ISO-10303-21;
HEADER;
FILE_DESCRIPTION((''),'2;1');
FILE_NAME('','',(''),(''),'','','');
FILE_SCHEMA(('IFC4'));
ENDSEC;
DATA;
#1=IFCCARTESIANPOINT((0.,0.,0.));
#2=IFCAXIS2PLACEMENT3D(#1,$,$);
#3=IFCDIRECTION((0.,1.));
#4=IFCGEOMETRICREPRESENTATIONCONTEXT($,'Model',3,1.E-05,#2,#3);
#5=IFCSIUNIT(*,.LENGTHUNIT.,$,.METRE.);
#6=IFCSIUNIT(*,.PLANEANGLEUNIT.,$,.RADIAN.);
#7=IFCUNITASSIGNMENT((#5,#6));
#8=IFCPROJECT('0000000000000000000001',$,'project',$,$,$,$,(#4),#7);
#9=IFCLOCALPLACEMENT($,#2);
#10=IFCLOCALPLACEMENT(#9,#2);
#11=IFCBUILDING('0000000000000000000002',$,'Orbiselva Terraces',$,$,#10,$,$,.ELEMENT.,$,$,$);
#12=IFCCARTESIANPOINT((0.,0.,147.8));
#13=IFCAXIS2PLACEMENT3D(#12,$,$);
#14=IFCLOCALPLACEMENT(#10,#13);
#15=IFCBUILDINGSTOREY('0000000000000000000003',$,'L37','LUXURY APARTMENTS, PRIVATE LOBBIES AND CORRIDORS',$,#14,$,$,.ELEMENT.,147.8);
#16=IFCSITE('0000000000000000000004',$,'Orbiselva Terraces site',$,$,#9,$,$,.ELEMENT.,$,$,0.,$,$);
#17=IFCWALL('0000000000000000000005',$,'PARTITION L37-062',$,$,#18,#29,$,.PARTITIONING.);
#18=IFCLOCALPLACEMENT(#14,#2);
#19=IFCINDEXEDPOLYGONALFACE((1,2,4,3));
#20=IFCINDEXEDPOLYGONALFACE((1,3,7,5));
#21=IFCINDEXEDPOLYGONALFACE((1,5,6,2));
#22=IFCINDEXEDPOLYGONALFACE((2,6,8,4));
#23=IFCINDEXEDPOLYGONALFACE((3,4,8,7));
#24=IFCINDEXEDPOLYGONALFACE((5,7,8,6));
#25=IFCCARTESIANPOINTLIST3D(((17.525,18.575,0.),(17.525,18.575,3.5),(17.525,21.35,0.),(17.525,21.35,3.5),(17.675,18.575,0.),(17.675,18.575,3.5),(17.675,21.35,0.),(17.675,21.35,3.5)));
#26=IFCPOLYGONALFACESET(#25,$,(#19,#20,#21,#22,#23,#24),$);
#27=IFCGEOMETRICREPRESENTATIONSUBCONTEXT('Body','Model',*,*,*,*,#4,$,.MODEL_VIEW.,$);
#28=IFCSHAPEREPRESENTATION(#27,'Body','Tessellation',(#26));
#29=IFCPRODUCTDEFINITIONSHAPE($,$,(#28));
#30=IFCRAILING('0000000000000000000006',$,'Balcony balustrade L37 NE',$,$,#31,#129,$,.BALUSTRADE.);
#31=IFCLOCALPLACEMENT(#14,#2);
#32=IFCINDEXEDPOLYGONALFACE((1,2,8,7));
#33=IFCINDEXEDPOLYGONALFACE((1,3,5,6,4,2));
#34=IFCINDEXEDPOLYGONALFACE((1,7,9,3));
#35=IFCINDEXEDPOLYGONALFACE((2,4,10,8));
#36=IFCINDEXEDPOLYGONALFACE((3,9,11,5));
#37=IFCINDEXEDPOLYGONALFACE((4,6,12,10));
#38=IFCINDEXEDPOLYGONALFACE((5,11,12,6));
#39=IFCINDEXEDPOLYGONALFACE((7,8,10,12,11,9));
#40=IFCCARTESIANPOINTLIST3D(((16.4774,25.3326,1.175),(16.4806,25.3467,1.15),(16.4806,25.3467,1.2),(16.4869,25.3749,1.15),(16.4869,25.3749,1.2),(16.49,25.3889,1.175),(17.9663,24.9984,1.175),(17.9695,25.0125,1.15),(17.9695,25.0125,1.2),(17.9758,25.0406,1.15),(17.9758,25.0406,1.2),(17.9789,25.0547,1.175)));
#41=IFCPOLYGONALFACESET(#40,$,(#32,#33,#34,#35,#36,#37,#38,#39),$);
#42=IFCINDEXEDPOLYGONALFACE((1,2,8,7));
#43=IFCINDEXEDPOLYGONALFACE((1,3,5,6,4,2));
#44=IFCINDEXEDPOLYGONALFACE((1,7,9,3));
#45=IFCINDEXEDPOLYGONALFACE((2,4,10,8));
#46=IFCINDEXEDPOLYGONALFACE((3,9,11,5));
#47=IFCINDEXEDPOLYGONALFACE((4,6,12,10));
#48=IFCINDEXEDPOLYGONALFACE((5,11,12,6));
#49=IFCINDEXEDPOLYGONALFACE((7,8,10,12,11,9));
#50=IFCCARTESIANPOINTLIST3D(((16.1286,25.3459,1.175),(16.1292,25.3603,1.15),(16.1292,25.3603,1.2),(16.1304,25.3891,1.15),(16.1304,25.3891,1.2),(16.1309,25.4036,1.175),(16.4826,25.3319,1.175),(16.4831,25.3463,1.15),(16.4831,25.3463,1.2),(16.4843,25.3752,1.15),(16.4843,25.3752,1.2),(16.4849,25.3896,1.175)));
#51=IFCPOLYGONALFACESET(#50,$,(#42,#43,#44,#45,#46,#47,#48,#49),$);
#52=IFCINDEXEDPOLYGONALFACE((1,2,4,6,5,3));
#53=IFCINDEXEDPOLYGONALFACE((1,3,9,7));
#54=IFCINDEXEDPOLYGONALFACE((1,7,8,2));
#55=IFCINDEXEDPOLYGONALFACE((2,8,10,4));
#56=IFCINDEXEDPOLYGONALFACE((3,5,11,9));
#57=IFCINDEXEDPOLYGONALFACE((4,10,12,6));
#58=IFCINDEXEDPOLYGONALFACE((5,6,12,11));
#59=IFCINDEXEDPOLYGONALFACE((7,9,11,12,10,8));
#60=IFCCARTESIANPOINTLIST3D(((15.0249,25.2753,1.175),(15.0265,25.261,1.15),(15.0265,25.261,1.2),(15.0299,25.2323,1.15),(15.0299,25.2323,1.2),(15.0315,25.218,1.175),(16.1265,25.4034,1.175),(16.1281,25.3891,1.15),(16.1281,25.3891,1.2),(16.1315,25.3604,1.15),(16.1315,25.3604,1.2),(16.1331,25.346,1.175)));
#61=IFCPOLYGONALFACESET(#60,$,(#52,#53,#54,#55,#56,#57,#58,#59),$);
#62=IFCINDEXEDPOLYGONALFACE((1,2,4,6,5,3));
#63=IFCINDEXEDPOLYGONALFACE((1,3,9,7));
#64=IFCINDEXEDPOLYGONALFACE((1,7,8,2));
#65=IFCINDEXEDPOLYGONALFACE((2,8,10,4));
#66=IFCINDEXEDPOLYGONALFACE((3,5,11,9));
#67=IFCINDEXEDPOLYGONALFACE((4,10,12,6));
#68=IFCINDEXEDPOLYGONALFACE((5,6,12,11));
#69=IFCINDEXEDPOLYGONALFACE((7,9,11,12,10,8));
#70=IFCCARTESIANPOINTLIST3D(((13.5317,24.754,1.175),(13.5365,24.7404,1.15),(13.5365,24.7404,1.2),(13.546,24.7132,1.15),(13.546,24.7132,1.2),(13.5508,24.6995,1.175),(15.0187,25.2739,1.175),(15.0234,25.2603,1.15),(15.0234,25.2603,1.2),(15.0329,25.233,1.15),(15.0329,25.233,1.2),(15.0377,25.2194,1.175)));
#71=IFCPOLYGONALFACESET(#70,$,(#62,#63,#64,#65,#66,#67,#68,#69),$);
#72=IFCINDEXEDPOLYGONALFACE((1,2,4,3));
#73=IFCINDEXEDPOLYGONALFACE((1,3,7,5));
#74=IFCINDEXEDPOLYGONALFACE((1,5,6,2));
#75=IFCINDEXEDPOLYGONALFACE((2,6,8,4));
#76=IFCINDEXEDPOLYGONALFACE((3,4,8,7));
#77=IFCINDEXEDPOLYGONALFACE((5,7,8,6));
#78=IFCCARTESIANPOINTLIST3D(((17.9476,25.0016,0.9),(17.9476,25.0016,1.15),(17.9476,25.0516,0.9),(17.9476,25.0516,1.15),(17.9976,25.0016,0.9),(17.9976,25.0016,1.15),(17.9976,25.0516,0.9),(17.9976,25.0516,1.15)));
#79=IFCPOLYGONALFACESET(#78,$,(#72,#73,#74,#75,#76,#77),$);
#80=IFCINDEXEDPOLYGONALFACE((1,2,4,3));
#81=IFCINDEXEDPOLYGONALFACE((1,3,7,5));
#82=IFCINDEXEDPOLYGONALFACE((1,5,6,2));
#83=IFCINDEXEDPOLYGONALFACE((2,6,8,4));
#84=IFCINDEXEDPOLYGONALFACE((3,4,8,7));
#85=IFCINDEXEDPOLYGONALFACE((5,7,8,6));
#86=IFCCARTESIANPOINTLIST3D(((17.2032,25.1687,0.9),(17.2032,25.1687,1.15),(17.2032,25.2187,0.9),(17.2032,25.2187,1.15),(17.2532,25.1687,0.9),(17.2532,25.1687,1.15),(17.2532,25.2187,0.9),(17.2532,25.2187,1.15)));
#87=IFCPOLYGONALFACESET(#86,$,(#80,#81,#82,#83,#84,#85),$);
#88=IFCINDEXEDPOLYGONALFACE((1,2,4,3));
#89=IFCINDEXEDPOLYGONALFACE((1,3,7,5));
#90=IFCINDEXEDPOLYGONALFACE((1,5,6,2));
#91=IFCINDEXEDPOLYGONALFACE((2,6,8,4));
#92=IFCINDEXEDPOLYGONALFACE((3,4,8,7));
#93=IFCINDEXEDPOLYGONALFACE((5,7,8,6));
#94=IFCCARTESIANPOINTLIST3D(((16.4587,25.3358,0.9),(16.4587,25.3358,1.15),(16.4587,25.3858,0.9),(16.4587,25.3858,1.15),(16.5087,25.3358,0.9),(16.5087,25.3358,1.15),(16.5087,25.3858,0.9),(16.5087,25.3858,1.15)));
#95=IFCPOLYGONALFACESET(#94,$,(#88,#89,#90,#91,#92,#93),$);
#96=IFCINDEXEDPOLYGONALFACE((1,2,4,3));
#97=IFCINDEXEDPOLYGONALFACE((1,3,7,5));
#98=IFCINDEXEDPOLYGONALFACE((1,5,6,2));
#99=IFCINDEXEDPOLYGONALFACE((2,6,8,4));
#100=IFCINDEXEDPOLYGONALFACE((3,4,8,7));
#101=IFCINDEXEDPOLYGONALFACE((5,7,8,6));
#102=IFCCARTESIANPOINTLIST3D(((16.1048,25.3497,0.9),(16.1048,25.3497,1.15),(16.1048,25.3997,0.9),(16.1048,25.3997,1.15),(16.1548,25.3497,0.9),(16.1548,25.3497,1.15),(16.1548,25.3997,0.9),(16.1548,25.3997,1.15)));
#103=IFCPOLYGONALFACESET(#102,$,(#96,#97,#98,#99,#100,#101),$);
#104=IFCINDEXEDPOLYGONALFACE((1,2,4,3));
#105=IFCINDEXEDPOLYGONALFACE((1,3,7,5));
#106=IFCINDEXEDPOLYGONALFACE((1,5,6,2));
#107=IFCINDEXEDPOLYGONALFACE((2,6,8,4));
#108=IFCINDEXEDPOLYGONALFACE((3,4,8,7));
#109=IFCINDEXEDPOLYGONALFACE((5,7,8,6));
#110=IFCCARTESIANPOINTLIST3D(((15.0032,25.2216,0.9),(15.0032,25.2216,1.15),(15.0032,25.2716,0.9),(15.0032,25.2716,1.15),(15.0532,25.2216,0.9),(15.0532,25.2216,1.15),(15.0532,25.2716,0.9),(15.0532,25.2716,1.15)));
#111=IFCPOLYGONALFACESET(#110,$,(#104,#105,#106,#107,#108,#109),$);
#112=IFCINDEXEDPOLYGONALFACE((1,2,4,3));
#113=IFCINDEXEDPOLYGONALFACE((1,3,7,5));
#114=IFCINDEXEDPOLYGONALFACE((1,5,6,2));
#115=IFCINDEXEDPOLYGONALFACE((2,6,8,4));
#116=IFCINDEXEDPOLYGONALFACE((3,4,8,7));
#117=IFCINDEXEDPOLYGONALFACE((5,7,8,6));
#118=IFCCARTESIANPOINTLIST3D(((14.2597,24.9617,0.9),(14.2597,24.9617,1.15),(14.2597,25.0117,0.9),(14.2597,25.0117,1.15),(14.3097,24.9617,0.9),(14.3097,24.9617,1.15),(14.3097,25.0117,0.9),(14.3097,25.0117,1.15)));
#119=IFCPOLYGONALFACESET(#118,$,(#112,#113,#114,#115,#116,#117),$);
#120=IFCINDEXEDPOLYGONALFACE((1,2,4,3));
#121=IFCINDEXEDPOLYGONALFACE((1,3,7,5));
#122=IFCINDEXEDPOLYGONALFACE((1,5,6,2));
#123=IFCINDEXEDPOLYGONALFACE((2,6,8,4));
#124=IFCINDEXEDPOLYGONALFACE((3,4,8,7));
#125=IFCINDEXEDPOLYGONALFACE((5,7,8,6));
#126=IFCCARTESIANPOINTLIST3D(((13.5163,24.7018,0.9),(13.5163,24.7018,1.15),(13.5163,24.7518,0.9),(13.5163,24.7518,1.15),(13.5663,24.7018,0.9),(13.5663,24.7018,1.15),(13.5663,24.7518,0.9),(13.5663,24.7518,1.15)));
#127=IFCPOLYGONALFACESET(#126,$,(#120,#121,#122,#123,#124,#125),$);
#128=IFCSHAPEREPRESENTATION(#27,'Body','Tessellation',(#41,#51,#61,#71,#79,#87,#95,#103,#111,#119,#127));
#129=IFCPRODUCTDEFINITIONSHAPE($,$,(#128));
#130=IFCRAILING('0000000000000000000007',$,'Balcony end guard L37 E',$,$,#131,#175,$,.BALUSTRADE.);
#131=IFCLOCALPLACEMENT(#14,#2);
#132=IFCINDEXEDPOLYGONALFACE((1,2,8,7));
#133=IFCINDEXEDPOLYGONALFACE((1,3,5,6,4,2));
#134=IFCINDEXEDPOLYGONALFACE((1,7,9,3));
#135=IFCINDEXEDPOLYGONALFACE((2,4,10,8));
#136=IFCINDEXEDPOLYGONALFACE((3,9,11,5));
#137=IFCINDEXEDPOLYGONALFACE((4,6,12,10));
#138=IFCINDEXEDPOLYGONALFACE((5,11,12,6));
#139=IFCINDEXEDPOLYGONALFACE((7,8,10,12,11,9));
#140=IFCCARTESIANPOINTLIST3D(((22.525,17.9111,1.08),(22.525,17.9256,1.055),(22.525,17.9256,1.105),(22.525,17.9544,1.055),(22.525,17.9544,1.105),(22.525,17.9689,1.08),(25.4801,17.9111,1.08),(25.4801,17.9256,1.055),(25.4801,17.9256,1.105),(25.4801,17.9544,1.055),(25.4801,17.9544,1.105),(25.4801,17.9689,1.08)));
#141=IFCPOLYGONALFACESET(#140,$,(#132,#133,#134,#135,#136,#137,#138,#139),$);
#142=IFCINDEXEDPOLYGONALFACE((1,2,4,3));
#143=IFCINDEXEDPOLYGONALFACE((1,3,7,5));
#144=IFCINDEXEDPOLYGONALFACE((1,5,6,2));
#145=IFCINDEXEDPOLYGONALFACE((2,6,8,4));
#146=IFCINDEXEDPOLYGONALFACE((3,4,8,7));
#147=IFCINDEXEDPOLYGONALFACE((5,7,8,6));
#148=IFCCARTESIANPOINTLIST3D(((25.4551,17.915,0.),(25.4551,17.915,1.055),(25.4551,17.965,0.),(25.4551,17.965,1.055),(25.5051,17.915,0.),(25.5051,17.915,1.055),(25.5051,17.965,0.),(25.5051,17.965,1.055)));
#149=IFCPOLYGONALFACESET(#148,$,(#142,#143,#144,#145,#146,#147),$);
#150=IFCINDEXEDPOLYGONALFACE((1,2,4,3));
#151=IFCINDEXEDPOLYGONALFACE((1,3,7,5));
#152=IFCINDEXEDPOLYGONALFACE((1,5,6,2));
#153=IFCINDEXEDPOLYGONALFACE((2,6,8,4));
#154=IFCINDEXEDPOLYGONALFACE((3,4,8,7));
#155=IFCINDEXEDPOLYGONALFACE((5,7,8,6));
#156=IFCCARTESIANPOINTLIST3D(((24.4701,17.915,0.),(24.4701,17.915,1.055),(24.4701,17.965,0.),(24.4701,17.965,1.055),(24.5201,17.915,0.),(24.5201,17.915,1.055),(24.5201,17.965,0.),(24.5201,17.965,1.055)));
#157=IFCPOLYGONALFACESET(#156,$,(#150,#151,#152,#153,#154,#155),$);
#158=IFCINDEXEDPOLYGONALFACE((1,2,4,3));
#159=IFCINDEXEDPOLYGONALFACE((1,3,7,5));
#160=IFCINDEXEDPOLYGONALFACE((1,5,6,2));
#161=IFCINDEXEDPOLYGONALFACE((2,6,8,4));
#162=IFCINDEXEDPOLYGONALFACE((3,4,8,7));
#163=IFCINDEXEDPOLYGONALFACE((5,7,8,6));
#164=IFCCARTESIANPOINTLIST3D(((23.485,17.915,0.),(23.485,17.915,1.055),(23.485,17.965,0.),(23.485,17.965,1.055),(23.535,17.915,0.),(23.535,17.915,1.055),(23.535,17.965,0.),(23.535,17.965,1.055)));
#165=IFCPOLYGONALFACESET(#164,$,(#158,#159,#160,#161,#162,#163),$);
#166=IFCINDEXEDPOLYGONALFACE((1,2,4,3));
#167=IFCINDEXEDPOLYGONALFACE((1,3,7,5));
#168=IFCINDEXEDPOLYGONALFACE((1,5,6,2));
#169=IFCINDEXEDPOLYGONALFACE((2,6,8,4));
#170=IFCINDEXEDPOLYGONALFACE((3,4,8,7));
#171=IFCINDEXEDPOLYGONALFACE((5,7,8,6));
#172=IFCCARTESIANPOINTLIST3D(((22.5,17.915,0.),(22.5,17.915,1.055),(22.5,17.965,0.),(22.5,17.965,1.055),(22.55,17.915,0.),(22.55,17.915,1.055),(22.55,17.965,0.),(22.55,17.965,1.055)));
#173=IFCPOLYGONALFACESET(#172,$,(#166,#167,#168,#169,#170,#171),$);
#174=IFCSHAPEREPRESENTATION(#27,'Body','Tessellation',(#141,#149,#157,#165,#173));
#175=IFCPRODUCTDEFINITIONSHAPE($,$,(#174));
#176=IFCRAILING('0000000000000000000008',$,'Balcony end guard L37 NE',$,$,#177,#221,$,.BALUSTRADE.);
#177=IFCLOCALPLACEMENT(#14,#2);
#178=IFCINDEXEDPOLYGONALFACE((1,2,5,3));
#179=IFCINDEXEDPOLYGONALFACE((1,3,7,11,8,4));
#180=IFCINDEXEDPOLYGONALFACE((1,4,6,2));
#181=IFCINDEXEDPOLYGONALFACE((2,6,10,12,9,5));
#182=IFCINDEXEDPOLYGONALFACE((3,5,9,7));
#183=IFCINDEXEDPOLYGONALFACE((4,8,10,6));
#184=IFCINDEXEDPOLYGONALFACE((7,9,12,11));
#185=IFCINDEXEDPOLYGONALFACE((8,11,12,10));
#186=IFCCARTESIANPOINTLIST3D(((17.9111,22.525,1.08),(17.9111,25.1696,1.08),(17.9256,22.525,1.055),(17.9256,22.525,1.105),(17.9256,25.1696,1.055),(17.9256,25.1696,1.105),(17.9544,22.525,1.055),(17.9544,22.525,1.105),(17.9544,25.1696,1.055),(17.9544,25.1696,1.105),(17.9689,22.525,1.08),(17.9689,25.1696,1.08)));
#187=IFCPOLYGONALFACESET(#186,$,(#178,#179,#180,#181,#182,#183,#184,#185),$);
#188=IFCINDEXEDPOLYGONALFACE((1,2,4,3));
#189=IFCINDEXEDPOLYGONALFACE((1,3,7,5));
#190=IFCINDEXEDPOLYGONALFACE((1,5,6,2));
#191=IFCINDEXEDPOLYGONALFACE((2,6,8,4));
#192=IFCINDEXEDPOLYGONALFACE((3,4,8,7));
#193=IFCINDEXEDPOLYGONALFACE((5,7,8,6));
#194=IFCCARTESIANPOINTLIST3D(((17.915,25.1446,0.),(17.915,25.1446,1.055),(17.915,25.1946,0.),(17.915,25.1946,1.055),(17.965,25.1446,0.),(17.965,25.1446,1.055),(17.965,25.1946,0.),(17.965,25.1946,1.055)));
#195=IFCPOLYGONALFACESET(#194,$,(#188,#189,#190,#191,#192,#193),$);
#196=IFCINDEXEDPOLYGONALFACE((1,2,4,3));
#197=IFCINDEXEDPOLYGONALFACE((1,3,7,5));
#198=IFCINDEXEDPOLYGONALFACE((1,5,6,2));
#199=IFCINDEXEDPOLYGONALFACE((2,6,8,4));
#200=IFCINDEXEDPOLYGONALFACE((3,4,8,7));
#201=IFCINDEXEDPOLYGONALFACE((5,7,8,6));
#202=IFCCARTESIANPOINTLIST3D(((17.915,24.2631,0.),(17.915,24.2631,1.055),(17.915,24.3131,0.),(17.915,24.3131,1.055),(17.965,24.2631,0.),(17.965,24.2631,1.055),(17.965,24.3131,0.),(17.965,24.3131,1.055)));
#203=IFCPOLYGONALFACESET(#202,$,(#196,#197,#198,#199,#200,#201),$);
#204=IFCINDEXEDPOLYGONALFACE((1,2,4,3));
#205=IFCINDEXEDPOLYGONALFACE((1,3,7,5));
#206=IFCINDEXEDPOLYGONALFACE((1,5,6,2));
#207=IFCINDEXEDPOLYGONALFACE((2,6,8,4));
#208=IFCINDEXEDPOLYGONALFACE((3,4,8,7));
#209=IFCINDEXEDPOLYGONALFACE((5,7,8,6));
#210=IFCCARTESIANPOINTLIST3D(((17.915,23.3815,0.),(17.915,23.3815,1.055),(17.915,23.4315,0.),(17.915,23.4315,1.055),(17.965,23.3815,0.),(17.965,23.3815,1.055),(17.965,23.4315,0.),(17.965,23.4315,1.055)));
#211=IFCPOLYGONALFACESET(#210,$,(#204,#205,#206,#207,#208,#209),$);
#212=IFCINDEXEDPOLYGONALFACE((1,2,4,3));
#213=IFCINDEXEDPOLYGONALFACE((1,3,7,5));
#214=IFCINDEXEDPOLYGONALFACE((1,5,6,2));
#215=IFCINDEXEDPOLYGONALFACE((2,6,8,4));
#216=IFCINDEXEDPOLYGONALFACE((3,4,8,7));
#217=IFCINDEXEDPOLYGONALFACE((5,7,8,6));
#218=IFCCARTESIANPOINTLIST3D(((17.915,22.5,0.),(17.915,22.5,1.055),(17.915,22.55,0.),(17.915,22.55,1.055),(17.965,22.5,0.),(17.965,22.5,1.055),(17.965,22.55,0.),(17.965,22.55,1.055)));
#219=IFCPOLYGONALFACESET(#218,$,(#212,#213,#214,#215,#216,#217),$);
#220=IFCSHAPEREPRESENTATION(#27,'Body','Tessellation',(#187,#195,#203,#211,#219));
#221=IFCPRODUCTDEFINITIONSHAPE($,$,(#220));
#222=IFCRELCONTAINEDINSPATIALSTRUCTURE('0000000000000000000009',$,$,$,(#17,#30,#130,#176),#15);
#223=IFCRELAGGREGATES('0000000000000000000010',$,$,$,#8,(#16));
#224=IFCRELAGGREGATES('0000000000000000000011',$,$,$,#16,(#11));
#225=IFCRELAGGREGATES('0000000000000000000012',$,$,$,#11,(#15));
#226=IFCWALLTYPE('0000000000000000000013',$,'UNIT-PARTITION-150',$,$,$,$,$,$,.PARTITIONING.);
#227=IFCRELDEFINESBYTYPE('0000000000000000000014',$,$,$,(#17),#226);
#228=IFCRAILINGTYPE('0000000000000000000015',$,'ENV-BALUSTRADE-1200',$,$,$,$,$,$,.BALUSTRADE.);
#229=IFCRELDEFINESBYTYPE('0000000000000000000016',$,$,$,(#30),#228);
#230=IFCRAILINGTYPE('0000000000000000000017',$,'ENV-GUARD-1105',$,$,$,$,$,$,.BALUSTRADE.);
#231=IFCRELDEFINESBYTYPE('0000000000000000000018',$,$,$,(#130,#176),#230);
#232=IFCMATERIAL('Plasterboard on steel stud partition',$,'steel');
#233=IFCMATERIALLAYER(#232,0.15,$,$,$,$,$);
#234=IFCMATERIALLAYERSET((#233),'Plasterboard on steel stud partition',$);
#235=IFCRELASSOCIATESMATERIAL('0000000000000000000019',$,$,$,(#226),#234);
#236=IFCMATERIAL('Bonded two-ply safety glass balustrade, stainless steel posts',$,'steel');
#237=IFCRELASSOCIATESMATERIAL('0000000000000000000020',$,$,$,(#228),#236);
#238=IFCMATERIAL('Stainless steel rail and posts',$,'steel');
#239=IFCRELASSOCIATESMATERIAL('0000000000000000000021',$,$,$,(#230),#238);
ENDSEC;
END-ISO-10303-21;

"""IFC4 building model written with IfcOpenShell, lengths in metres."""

from ifc_helpers import new_model, si_unit, direction, frame, frame_2d, origin, origin_2d, place, context, subcontext, project, spatial, polyline, rectangle, outline, extrude, material, layer, layer_set, type_object, element, save


model = new_model("IFC4")

# Units and contexts
model_context = context("Model", 3, precision=1e-05, world=origin(), true_north=direction((0.0, 1.0)))
body_context = subcontext(model_context, "Body", "Model", "MODEL_VIEW")
ifc_project = project(units=[si_unit("LENGTHUNIT", "METRE"), si_unit("PLANEANGLEUNIT", "RADIAN")], contexts=[model_context])

# Site, building, storey
site_placement = place(None, origin())
site = spatial("IfcSite", under=ifc_project, at=site_placement, Name="Orbiselva Terraces site", CompositionType="ELEMENT", RefElevation=0.0)
building_placement = place(site_placement, origin())
building = spatial("IfcBuilding", under=site, at=building_placement, Name="Orbiselva Terraces", CompositionType="ELEMENT")
storey_placement = place(building_placement, frame((0.0, 0.0, 147.8)))
storey = spatial("IfcBuildingStorey", under=building, at=storey_placement, Name="L37", Description="LUXURY APARTMENTS, PRIVATE LOBBIES AND CORRIDORS", CompositionType="ELEMENT", Elevation=147.8)

# Wall
ifc_material_1 = material(Name="Plasterboard on steel stud partition", Category="steel")
ifc_layer_1 = layer(ifc_material_1, 0.15)
ifc_layer_set_1 = layer_set([ifc_layer_1], Name="Plasterboard on steel stud partition")
wall_type_1 = type_object("IfcWallType", Name="UNIT-PARTITION-150", PredefinedType="PARTITIONING", material=ifc_layer_set_1)
wall_1_placement = place(storey_placement, frame((17.6, 18.575, 0.0), z_axis=(0.0, 0.0, 1.0), x_axis=(0.0, 1.0, 0.0)))
element("IfcWall", 1, at=wall_1_placement, inside=storey, type_object=wall_type_1, Name="PARTITION L37-062", PredefinedType="PARTITIONING", context=body_context, shape_type="SweptSolid", body=[
    extrude(rectangle(XDim=2.775, YDim=0.15, at=frame_2d((1.3875, 0.0))), origin(), (0.0, 0.0, 1.0), 3.5),
])

# Railings
ifc_material_2 = material(Name="Bonded two-ply safety glass balustrade, stainless steel posts", Category="steel")
railing_type_1 = type_object("IfcRailingType", Name="ENV-BALUSTRADE-1200", PredefinedType="BALUSTRADE", material=ifc_material_2)
railing_1_placement = place(storey_placement, frame((17.9726, 25.0266, 0.9)))
element("IfcRailing", 2, at=railing_1_placement, inside=storey, type_object=railing_type_1, Name="Balcony balustrade L37 NE", PredefinedType="BALUSTRADE", context=body_context, shape_type="SweptSolid", body=[
    extrude(outline(polyline([(0.0289, 0.0), (0.0144, 0.025), (-0.0144, 0.025), (-0.0289, 0.0), (-0.0144, -0.025), (0.0144, -0.025), (0.0289, 0.0)])), frame((0.0, 0.0, 0.275), z_axis=(-0.975721, 0.219016, 0.0), x_axis=(-0.219016, -0.975721, 0.0)), (0.0, 0.0, 1.0), 1.526),
    extrude(outline(polyline([(0.0289, 0.0), (0.0144, 0.025), (-0.0144, 0.025), (-0.0289, 0.0), (-0.0144, -0.025), (0.0144, -0.025), (0.0289, 0.0)])), frame((-1.4889, 0.3342, 0.275), z_axis=(-0.999225, 0.039364, 0.0), x_axis=(-0.039364, -0.999225, 0.0)), (0.0, 0.0, 1.0), 0.3542),
    extrude(outline(polyline([(0.0289, 0.0), (0.0144, 0.025), (-0.0144, 0.025), (-0.0289, 0.0), (-0.0144, -0.025), (0.0144, -0.025), (0.0289, 0.0)])), frame((-1.8428, 0.3482, 0.275), z_axis=(-0.99331, -0.115481, 0.0), x_axis=(0.115481, -0.99331, 0.0)), (0.0, 0.0, 1.0), 1.109),
    extrude(outline(polyline([(0.0289, 0.0), (0.0144, 0.025), (-0.0144, 0.025), (-0.0289, 0.0), (-0.0144, -0.025), (0.0144, -0.025), (0.0289, 0.0)])), frame((-2.9444, 0.2201, 0.275), z_axis=(-0.943972, -0.330025, 0.0), x_axis=(0.330025, -0.943972, 0.0)), (0.0, 0.0, 1.0), 1.5752),
    extrude(rectangle(XDim=0.05, YDim=0.05, at=origin_2d()), origin(), (0.0, 0.0, 1.0), 0.25),
    extrude(rectangle(XDim=0.05, YDim=0.05, at=origin_2d()), frame((-0.7445, 0.1671, 0.0)), (0.0, 0.0, 1.0), 0.25),
    extrude(rectangle(XDim=0.05, YDim=0.05, at=origin_2d()), frame((-1.4889, 0.3342, 0.0)), (0.0, 0.0, 1.0), 0.25),
    extrude(rectangle(XDim=0.05, YDim=0.05, at=origin_2d()), frame((-1.8428, 0.3482, 0.0)), (0.0, 0.0, 1.0), 0.25),
    extrude(rectangle(XDim=0.05, YDim=0.05, at=origin_2d()), frame((-2.9444, 0.2201, 0.0)), (0.0, 0.0, 1.0), 0.25),
    extrude(rectangle(XDim=0.05, YDim=0.05, at=origin_2d()), frame((-3.6879, -0.0398, 0.0)), (0.0, 0.0, 1.0), 0.25),
    extrude(rectangle(XDim=0.05, YDim=0.05, at=origin_2d()), frame((-4.4314, -0.2998, 0.0)), (0.0, 0.0, 1.0), 0.25),
])
ifc_material_3 = material(Name="Stainless steel rail and posts", Category="steel")
railing_type_2 = type_object("IfcRailingType", Name="ENV-GUARD-1105", PredefinedType="BALUSTRADE", material=ifc_material_3)
railing_2_placement = place(storey_placement, frame((25.4801, 17.94, 0.0)))
element("IfcRailing", 3, at=railing_2_placement, inside=storey, type_object=railing_type_2, Name="Balcony end guard L37 E", PredefinedType="BALUSTRADE", context=body_context, shape_type="SweptSolid", body=[
    extrude(outline(polyline([(0.0289, 0.0), (0.0144, 0.025), (-0.0144, 0.025), (-0.0289, 0.0), (-0.0144, -0.025), (0.0144, -0.025), (0.0289, 0.0)])), frame((0.0, 0.0, 1.08), z_axis=(-1.0, 0.0, 0.0), x_axis=(0.0, -1.0, 0.0)), (0.0, 0.0, 1.0), 2.9551),
    extrude(rectangle(XDim=0.05, YDim=0.05, at=origin_2d()), origin(), (0.0, 0.0, 1.0), 1.055),
    extrude(rectangle(XDim=0.05, YDim=0.05, at=origin_2d()), frame((-0.985, 0.0, 0.0)), (0.0, 0.0, 1.0), 1.055),
    extrude(rectangle(XDim=0.05, YDim=0.05, at=origin_2d()), frame((-1.9701, 0.0, 0.0)), (0.0, 0.0, 1.0), 1.055),
    extrude(rectangle(XDim=0.05, YDim=0.05, at=origin_2d()), frame((-2.9551, 0.0, 0.0)), (0.0, 0.0, 1.0), 1.055),
])
railing_3_placement = place(storey_placement, frame((17.94, 25.1696, 0.0)))
element("IfcRailing", 4, at=railing_3_placement, inside=storey, type_object=railing_type_2, Name="Balcony end guard L37 NE", PredefinedType="BALUSTRADE", context=body_context, shape_type="SweptSolid", body=[
    extrude(outline(polyline([(0.0289, 0.0), (0.0144, 0.025), (-0.0144, 0.025), (-0.0289, 0.0), (-0.0144, -0.025), (0.0144, -0.025), (0.0289, 0.0)])), frame((0.0, 0.0, 1.08), z_axis=(0.0, -1.0, 0.0), x_axis=(1.0, 0.0, 0.0)), (0.0, 0.0, 1.0), 2.6446),
    extrude(rectangle(XDim=0.05, YDim=0.05, at=origin_2d()), origin(), (0.0, 0.0, 1.0), 1.055),
    extrude(rectangle(XDim=0.05, YDim=0.05, at=origin_2d()), frame((0.0, -0.8815, 0.0)), (0.0, 0.0, 1.0), 1.055),
    extrude(rectangle(XDim=0.05, YDim=0.05, at=origin_2d()), frame((0.0, -1.7631, 0.0)), (0.0, 0.0, 1.0), 1.055),
    extrude(rectangle(XDim=0.05, YDim=0.05, at=origin_2d()), frame((0.0, -2.6446, 0.0)), (0.0, 0.0, 1.0), 1.055),
])

save(model, "model.ifc")
